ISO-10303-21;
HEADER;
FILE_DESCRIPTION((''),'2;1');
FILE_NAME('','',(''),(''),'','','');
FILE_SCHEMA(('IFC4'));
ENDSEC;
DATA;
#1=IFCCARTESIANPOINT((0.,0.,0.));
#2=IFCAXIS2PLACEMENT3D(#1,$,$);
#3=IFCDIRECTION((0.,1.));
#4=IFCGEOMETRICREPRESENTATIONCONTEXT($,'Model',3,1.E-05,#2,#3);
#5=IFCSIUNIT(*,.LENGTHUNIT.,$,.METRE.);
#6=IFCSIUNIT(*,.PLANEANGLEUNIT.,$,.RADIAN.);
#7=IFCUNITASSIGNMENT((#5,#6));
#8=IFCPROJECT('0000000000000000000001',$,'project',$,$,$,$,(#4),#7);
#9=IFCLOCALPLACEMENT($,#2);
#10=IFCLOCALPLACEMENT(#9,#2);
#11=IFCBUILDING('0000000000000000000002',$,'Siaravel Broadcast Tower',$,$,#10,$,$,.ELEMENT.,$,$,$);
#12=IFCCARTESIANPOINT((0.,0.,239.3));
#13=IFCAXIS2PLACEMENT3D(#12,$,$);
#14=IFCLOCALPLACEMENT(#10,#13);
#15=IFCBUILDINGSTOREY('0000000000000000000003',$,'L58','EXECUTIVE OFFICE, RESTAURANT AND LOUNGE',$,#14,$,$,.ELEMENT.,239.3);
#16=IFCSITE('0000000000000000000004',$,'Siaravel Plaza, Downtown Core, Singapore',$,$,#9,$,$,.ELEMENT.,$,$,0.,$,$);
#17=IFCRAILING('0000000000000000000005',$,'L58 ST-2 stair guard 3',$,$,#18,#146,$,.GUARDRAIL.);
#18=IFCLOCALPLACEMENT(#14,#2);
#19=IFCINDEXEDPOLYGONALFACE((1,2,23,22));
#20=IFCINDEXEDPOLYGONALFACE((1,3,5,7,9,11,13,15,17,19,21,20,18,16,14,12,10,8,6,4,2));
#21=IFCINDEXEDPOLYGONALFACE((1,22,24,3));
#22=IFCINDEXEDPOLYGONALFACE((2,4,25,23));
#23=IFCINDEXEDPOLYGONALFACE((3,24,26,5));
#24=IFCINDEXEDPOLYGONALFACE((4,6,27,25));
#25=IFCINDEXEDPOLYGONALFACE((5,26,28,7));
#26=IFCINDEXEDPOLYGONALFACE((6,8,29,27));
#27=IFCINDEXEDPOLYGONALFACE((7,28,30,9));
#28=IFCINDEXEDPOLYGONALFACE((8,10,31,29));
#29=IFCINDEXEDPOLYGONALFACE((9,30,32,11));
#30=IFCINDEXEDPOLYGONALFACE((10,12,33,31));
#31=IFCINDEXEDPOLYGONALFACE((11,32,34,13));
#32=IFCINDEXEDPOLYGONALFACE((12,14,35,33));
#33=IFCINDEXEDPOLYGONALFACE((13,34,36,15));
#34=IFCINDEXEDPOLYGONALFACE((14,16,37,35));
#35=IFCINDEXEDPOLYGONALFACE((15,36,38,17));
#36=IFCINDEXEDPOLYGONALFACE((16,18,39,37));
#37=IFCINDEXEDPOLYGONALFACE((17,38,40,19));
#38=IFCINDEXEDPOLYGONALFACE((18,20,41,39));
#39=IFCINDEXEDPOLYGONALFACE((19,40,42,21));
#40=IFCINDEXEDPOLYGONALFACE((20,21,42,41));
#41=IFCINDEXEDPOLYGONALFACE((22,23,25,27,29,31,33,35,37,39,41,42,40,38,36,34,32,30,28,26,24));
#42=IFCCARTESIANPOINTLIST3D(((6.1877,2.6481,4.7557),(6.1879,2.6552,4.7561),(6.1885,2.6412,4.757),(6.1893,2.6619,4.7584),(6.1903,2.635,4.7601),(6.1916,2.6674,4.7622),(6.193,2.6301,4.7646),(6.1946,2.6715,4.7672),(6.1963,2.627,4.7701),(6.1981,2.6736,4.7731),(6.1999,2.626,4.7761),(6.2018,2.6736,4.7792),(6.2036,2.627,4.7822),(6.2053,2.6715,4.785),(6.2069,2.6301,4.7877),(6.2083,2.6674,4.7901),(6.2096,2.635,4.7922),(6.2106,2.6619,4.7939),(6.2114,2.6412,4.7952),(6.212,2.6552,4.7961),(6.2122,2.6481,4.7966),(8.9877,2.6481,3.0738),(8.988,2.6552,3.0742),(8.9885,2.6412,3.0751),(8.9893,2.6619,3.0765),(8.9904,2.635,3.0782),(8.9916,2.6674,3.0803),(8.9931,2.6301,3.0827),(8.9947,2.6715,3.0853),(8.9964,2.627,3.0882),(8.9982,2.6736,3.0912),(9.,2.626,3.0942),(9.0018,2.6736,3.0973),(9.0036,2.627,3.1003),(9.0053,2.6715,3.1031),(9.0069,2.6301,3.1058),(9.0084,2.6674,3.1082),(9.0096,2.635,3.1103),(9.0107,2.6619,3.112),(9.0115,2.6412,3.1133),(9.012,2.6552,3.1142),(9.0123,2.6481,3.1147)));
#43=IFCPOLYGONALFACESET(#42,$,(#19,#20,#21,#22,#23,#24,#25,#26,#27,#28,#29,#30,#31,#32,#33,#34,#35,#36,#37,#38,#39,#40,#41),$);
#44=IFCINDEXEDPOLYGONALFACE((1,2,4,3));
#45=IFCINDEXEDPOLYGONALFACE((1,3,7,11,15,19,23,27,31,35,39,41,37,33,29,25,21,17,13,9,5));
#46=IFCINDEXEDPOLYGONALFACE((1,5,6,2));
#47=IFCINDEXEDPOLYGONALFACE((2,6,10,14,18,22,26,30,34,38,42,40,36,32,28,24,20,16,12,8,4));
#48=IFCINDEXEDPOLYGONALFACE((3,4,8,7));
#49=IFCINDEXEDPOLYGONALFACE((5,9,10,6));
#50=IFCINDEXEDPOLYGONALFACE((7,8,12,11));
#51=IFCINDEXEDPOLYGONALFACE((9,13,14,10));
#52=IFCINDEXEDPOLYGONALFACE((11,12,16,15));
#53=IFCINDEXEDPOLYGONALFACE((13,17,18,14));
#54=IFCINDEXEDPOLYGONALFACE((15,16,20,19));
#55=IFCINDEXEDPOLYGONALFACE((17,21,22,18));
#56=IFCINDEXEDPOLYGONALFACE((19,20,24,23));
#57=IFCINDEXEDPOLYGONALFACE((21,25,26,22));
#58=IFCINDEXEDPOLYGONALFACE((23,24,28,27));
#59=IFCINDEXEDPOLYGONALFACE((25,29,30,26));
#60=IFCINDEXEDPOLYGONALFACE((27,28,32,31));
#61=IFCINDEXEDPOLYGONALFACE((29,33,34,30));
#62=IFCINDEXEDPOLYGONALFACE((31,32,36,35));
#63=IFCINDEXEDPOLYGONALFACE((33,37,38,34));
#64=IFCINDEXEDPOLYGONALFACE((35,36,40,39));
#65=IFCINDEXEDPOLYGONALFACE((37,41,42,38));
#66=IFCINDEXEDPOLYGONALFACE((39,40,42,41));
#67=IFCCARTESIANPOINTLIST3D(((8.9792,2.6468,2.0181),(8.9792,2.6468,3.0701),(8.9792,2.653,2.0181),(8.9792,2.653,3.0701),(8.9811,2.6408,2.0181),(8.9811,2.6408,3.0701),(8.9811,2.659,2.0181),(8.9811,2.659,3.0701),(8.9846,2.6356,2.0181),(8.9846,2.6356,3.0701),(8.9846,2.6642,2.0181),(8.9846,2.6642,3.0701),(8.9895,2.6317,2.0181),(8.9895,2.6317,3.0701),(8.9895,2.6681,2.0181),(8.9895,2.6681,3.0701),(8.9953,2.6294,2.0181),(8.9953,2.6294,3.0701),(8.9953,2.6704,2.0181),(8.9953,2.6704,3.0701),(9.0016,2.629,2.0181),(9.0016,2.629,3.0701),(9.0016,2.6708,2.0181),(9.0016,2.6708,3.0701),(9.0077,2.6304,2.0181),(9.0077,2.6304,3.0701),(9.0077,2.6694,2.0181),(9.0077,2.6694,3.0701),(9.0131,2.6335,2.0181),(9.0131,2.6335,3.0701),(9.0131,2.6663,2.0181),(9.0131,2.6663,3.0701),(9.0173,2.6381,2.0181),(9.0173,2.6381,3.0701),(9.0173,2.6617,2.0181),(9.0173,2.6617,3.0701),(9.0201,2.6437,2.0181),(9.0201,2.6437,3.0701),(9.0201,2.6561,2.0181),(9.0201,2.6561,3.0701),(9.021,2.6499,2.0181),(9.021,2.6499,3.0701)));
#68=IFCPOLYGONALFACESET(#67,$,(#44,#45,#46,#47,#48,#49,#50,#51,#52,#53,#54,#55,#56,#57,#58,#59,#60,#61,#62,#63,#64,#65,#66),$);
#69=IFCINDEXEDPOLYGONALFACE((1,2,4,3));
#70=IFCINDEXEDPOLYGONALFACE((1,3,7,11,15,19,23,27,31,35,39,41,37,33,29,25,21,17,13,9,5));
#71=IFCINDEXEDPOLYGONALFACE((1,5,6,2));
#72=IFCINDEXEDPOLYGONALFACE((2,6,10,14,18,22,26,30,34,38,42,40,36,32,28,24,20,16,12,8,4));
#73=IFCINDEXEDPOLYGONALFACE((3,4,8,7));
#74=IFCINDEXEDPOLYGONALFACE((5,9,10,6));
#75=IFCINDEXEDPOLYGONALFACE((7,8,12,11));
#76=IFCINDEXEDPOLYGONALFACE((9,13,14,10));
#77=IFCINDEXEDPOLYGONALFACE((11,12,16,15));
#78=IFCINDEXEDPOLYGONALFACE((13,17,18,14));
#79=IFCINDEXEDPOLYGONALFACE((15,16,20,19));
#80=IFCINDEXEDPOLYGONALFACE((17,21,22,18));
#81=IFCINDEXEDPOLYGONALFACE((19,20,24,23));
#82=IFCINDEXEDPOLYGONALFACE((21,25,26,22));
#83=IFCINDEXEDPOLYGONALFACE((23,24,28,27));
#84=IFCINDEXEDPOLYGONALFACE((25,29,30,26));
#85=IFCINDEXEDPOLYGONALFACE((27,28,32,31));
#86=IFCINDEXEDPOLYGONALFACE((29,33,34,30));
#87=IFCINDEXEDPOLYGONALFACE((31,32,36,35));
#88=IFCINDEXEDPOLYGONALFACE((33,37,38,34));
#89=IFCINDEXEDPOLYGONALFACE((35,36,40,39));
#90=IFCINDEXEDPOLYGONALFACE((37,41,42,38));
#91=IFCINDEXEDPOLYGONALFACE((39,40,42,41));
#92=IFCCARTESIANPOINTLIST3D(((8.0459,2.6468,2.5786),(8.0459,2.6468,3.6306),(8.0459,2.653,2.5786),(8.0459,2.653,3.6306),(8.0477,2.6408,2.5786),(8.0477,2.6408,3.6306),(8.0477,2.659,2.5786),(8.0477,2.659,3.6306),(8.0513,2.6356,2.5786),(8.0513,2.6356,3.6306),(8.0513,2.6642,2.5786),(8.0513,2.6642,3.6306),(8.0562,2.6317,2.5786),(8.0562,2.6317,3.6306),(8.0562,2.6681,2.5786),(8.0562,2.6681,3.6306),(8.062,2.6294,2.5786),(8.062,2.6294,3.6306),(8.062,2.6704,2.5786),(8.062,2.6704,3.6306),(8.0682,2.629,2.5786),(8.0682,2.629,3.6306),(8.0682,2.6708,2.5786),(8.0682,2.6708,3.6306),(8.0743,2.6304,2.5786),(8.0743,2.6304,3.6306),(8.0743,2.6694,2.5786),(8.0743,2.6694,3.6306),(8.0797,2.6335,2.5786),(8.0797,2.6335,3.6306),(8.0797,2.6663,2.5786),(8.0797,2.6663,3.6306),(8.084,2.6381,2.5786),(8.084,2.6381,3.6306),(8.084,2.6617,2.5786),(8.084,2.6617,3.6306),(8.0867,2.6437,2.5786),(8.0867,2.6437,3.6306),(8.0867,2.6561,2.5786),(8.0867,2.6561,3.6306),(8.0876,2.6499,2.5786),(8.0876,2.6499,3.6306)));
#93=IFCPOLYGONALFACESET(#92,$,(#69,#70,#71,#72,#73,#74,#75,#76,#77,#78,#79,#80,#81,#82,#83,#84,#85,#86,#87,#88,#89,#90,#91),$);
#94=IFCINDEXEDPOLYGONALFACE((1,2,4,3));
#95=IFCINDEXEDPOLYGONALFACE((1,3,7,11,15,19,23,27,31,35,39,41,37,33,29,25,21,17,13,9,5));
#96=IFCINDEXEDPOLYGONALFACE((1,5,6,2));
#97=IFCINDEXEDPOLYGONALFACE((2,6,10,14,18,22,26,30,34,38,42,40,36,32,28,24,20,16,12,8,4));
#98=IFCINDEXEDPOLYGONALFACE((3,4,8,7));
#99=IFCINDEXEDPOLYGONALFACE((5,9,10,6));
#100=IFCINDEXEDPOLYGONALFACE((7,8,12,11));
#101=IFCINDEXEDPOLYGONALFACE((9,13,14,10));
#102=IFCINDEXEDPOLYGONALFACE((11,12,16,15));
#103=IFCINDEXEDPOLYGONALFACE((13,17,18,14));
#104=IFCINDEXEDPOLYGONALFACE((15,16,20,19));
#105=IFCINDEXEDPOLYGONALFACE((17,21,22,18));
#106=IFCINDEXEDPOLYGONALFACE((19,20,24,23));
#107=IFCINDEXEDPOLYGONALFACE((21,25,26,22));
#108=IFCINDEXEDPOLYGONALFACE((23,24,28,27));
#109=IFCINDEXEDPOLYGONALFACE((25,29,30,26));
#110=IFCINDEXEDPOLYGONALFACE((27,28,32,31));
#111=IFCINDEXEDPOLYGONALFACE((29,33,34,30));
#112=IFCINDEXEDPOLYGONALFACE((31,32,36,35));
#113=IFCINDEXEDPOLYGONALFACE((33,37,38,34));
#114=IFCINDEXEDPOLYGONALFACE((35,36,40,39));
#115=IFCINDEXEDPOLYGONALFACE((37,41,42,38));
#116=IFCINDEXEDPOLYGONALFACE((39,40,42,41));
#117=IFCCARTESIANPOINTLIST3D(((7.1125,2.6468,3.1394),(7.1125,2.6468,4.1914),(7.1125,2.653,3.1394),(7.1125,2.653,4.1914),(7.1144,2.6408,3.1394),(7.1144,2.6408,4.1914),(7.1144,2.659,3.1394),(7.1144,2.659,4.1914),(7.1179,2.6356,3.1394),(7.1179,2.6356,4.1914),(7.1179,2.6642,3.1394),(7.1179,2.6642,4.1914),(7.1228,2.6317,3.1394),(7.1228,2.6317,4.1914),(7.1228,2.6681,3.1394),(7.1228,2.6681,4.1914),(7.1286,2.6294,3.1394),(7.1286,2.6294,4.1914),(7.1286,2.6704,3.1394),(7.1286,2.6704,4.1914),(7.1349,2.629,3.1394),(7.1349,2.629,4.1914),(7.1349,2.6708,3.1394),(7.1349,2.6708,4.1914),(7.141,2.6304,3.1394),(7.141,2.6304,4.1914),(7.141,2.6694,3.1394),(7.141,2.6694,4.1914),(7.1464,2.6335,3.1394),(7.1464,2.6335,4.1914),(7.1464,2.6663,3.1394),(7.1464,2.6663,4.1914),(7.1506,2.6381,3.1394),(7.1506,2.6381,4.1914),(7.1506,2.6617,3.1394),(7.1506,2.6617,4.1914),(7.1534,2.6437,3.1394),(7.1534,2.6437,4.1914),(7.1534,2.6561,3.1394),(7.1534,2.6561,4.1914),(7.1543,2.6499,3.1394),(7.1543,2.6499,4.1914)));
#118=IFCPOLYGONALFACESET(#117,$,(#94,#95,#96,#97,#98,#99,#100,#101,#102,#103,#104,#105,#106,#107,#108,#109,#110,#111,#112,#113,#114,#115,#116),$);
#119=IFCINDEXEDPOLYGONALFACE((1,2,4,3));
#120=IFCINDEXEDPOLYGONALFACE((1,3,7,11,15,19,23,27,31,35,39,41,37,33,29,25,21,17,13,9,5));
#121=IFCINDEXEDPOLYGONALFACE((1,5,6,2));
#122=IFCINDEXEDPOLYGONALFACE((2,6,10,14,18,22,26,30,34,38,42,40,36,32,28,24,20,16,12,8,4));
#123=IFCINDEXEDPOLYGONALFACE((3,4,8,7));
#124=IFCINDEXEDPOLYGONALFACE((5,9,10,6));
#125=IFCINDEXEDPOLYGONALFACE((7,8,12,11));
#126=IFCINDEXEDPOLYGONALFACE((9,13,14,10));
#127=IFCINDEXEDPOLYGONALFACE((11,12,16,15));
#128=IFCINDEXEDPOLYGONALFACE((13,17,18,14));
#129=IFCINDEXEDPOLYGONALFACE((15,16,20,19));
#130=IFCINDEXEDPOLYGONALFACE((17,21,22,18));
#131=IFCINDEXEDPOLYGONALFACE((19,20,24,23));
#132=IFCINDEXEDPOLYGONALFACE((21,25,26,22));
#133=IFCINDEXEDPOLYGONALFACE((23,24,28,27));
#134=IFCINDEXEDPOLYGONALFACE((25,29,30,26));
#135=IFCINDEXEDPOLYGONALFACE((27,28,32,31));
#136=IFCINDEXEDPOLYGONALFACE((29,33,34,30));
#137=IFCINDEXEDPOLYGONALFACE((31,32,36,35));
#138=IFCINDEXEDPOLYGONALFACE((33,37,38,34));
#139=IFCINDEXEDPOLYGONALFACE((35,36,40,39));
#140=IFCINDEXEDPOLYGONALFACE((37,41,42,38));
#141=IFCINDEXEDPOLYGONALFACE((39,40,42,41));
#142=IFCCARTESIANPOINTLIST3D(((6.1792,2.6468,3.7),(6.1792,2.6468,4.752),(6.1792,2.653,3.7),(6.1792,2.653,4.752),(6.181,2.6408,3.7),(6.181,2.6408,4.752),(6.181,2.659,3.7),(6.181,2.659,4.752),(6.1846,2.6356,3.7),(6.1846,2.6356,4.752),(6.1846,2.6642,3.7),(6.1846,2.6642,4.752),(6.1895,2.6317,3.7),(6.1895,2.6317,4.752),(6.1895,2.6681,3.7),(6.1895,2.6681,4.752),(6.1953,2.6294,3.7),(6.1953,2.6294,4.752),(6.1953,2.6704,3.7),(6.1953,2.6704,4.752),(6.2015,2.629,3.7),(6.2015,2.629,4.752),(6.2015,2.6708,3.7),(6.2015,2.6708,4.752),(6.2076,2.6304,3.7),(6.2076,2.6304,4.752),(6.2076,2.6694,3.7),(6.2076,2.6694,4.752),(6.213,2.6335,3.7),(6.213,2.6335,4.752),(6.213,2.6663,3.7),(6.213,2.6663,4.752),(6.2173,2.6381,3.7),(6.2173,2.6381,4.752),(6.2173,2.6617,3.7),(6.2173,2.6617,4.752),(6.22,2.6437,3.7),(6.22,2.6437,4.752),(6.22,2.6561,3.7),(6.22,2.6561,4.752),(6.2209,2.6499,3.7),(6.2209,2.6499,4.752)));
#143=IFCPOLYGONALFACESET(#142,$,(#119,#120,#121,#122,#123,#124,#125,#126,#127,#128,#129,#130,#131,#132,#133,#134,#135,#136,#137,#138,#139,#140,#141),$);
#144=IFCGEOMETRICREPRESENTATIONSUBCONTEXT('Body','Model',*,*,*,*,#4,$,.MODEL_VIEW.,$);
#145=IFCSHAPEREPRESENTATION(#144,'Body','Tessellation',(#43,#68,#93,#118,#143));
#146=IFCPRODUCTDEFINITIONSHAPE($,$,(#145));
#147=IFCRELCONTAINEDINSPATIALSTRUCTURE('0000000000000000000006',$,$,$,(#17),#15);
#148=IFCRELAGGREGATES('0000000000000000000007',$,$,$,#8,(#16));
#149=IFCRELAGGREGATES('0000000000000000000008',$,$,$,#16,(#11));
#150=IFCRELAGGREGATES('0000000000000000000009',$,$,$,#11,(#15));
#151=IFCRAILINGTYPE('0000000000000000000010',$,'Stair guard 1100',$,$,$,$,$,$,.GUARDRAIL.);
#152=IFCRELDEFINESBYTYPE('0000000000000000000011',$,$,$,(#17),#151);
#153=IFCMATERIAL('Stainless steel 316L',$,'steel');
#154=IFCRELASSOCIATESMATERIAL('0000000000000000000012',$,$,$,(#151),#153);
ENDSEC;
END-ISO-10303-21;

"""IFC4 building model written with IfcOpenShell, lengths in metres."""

from ifc_helpers import new_model, si_unit, direction, frame, origin, origin_2d, place, context, subcontext, project, spatial, circle, extrude, material, type_object, element, save


model = new_model("IFC4")

# Units and contexts
model_context = context("Model", 3, precision=1e-05, world=origin(), true_north=direction((0.0, 1.0)))
body_context = subcontext(model_context, "Body", "Model", "MODEL_VIEW")
ifc_project = project(units=[si_unit("LENGTHUNIT", "METRE"), si_unit("PLANEANGLEUNIT", "RADIAN")], contexts=[model_context])

# Site, building, storey
site_placement = place(None, origin())
site = spatial("IfcSite", under=ifc_project, at=site_placement, Name="Siaravel Plaza, Downtown Core, Singapore", CompositionType="ELEMENT", RefElevation=0.0)
building_placement = place(site_placement, origin())
building = spatial("IfcBuilding", under=site, at=building_placement, Name="Siaravel Broadcast Tower", CompositionType="ELEMENT")
storey_placement = place(building_placement, frame((0.0, 0.0, 239.3)))
storey = spatial("IfcBuildingStorey", under=building, at=storey_placement, Name="L58", Description="EXECUTIVE OFFICE, RESTAURANT AND LOUNGE", CompositionType="ELEMENT", Elevation=239.3)

# Railing
ifc_material_1 = material(Name="Stainless steel 316L", Category="steel")
railing_type_1 = type_object("IfcRailingType", Name="Stair guard 1100", PredefinedType="GUARDRAIL", material=ifc_material_1)
railing_1_placement = place(storey_placement, frame((9.0, 2.6499, 2.0181)))
element("IfcRailing", 1, at=railing_1_placement, inside=storey, type_object=railing_type_1, Name="L58 ST-2 stair guard 3", PredefinedType="GUARDRAIL", context=body_context, shape_type="SweptSolid", body=[
    extrude(circle(Radius=0.0239, at=origin_2d()), frame((0.0, 0.0, 1.0762), z_axis=(-0.857242, 0.0, 0.514913), x_axis=(0.0, -1.0, 0.0)), (0.0, 0.0, 1.0), 3.2664),
    extrude(circle(Radius=0.021, at=origin_2d()), origin(), (0.0, 0.0, 1.0), 1.052),
    extrude(circle(Radius=0.021, at=origin_2d()), frame((-0.9333, 0.0, 0.5605)), (0.0, 0.0, 1.0), 1.052),
    extrude(circle(Radius=0.021, at=origin_2d()), frame((-1.8667, 0.0, 1.1213)), (0.0, 0.0, 1.0), 1.052),
    extrude(circle(Radius=0.021, at=origin_2d()), frame((-2.8, 0.0, 1.6819)), (0.0, 0.0, 1.0), 1.052),
])

save(model, "model.ifc")
